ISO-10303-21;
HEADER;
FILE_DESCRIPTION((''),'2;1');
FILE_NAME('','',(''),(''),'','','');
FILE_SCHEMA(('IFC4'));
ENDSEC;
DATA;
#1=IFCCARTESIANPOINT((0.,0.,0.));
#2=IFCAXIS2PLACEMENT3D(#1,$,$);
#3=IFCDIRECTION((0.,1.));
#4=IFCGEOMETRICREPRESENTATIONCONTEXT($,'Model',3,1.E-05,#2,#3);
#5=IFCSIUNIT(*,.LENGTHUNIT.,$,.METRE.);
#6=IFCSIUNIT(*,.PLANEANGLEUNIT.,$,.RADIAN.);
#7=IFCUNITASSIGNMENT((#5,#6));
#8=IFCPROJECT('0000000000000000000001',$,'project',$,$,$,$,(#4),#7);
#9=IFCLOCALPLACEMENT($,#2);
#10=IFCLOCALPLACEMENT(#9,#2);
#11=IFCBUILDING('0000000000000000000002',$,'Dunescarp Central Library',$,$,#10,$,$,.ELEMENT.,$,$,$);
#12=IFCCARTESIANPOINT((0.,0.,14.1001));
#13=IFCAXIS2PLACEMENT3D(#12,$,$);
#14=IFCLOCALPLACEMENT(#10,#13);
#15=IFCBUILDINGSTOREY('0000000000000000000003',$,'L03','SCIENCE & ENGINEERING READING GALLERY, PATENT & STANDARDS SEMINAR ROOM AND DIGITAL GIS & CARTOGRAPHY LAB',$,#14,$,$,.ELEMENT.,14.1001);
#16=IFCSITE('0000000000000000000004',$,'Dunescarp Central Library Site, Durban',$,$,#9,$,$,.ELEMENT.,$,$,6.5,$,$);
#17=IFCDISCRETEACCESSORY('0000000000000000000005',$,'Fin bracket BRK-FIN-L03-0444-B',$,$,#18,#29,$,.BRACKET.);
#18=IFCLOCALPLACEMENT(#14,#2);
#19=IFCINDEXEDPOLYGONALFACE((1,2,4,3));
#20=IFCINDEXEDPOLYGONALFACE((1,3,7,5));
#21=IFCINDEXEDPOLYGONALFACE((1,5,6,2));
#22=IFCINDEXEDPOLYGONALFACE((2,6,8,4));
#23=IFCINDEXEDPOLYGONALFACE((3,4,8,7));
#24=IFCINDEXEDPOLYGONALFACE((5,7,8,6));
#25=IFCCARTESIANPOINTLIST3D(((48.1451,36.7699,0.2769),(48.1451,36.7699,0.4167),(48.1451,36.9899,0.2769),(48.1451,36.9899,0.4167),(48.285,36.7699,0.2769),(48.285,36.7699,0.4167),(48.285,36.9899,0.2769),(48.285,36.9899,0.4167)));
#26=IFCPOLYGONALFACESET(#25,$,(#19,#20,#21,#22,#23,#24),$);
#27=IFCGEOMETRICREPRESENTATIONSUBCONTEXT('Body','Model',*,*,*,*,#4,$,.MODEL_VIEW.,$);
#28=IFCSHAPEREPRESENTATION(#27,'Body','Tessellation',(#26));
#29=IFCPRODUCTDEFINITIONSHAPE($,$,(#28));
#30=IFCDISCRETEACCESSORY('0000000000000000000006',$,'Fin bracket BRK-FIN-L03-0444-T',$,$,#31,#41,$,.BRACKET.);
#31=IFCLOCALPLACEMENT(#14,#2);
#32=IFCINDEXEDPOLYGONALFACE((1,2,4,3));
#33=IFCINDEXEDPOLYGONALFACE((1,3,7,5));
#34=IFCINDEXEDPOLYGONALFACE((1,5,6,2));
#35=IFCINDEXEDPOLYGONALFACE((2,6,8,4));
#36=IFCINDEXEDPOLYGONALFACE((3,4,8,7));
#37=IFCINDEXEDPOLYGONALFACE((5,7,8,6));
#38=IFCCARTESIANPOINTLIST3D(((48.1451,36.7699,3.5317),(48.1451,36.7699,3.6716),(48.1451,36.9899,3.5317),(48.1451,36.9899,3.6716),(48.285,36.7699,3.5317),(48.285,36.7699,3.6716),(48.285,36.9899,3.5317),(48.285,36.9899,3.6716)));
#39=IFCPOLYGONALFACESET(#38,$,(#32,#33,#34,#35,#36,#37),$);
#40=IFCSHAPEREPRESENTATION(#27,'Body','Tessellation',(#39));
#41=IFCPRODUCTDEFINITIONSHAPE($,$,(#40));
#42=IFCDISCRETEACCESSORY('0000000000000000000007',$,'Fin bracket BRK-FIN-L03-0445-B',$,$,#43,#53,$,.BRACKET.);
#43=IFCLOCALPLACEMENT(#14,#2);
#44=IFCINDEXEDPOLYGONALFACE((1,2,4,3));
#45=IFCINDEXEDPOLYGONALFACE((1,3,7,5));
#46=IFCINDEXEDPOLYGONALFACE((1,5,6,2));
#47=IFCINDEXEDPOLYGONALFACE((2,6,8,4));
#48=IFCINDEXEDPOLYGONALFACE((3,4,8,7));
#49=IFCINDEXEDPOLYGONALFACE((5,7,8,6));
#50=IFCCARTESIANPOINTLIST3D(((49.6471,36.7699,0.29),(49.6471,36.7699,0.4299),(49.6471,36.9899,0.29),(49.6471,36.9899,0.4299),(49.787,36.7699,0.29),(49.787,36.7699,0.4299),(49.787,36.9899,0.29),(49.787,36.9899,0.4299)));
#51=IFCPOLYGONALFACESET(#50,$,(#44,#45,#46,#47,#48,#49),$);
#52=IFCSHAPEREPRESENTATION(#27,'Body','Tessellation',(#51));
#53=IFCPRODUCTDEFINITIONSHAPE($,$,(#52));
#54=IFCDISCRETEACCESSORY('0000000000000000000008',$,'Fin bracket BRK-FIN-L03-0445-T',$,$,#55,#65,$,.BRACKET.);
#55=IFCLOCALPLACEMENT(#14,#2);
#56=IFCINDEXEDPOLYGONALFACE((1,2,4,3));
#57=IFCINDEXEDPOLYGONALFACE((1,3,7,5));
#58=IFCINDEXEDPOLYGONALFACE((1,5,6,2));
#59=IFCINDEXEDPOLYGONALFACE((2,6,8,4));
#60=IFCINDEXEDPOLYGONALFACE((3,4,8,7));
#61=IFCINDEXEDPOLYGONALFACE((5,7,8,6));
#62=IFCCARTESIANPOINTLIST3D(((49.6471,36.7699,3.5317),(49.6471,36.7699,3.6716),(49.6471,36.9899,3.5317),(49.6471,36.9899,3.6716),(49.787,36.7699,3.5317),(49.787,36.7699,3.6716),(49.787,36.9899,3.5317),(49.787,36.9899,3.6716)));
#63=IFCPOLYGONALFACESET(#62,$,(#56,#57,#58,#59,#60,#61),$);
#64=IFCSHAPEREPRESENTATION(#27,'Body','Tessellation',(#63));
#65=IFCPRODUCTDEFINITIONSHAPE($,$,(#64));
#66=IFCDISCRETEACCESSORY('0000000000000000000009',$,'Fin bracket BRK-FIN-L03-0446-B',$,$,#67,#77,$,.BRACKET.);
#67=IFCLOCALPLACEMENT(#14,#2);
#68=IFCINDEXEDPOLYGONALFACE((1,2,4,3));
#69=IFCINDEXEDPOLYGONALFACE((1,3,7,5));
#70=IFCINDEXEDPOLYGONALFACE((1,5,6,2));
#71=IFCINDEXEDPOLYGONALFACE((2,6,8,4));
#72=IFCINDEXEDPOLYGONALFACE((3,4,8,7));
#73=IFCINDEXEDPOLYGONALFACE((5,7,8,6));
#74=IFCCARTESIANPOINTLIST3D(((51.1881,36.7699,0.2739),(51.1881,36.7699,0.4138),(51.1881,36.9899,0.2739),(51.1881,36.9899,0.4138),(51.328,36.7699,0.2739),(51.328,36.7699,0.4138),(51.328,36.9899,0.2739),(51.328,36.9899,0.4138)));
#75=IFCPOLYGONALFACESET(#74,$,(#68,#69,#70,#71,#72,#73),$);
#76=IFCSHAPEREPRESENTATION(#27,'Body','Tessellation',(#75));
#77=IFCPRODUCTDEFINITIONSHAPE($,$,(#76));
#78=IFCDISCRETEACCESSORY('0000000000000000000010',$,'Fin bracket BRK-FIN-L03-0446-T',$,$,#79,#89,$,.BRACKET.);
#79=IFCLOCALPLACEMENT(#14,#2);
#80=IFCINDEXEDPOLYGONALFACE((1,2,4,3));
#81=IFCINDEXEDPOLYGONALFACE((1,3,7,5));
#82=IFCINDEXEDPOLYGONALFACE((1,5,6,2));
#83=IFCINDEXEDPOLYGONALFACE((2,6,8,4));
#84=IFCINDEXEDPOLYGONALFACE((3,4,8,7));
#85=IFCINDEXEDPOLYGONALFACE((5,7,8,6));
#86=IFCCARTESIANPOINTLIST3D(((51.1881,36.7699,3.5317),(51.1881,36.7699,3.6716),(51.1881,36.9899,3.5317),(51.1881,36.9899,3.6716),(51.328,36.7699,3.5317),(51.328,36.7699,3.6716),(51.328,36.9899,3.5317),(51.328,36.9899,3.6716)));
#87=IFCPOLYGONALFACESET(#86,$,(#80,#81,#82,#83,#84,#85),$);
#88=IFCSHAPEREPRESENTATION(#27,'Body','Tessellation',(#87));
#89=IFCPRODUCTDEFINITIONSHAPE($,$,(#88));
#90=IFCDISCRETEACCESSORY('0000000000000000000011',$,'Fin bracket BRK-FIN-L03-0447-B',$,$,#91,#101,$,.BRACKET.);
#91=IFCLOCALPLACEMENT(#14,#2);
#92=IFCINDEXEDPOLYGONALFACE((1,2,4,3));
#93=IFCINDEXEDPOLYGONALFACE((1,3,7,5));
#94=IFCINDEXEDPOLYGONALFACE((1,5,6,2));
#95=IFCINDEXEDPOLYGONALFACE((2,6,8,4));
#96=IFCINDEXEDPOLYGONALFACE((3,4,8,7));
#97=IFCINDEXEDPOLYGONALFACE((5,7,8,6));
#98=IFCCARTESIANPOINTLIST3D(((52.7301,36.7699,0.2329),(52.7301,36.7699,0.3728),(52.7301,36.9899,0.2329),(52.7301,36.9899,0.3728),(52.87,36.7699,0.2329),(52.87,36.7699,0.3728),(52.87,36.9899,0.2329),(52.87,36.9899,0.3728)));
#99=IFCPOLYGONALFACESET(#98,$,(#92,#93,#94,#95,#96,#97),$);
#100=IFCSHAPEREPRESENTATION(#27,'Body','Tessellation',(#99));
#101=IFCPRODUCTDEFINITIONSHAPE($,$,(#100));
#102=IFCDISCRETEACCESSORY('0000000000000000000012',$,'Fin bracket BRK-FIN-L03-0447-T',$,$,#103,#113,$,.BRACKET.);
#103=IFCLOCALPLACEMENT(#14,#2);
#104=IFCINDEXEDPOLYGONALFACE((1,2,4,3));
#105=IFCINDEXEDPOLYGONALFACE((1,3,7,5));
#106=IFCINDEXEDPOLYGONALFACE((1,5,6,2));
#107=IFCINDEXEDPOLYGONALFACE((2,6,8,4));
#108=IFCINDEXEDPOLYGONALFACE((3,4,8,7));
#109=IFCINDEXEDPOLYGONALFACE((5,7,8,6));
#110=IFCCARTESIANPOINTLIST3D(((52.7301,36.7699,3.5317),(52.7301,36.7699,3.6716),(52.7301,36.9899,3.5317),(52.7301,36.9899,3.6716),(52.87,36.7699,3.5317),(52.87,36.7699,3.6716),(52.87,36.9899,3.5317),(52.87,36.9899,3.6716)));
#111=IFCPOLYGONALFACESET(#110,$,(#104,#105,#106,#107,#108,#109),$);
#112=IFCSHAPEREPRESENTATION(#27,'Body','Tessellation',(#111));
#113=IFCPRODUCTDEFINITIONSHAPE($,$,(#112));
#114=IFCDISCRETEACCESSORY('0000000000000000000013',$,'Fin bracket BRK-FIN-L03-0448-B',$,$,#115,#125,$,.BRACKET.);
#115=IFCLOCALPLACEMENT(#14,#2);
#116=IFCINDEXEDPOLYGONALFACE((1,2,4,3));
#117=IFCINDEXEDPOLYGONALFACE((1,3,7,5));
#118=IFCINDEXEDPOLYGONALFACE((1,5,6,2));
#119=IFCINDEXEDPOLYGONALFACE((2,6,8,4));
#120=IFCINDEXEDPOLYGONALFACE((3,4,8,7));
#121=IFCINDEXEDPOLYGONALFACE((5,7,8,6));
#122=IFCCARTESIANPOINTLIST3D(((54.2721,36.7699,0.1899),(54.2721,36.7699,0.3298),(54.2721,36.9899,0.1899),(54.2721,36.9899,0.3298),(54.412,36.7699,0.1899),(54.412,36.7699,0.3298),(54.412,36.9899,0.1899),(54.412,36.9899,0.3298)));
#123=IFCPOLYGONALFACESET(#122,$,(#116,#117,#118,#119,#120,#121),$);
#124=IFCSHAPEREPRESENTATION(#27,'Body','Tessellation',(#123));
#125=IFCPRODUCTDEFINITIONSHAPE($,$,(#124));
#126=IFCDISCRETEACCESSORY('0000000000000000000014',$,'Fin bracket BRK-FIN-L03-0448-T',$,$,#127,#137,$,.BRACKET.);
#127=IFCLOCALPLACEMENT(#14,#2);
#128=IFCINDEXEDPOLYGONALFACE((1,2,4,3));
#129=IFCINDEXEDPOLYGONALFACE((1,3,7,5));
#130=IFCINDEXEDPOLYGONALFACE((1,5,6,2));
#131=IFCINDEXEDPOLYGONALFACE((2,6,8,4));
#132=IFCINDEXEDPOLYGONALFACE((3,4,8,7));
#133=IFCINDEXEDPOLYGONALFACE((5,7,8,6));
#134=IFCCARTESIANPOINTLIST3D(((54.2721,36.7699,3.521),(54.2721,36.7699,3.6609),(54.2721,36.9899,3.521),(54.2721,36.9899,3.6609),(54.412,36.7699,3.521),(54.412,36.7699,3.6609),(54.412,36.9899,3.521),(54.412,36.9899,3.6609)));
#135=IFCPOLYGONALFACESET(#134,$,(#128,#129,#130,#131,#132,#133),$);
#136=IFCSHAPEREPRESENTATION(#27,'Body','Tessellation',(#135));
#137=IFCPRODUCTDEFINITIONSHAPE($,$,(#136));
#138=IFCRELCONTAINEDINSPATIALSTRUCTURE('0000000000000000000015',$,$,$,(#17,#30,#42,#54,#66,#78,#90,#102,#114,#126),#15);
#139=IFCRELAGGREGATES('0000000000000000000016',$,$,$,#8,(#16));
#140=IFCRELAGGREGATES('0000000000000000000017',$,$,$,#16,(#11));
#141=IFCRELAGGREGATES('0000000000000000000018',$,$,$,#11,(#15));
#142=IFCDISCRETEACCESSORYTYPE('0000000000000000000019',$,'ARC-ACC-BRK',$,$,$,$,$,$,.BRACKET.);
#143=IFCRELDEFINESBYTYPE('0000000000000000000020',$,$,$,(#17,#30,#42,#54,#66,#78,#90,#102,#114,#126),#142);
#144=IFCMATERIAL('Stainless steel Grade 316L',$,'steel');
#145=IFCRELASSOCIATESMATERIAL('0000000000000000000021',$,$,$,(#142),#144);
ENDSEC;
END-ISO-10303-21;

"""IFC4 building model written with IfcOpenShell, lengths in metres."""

from ifc_helpers import new_model, si_unit, direction, frame, origin, origin_2d, place, context, subcontext, project, spatial, rectangle, extrude, material, type_object, element, save


model = new_model("IFC4")

# Units and contexts
model_context = context("Model", 3, precision=1e-05, world=origin(), true_north=direction((0.0, 1.0)))
body_context = subcontext(model_context, "Body", "Model", "MODEL_VIEW")
ifc_project = project(units=[si_unit("LENGTHUNIT", "METRE"), si_unit("PLANEANGLEUNIT", "RADIAN")], contexts=[model_context])

# Site, building, storey
site_placement = place(None, origin())
site = spatial("IfcSite", under=ifc_project, at=site_placement, Name="Dunescarp Central Library Site, Durban", CompositionType="ELEMENT", RefElevation=6.5)
building_placement = place(site_placement, origin())
building = spatial("IfcBuilding", under=site, at=building_placement, Name="Dunescarp Central Library", CompositionType="ELEMENT")
storey_placement = place(building_placement, frame((0.0, 0.0, 14.1001)))
storey = spatial("IfcBuildingStorey", under=building, at=storey_placement, Name="L03", Description="SCIENCE & ENGINEERING READING GALLERY, PATENT & STANDARDS SEMINAR ROOM AND DIGITAL GIS & CARTOGRAPHY LAB", CompositionType="ELEMENT", Elevation=14.1001)

# Shared definitions
ifc_material_1 = material(Name="Stainless steel Grade 316L", Category="steel")

# Discrete accessories
discrete_accessory_type = type_object("IfcDiscreteAccessoryType", Name="ARC-ACC-BRK", PredefinedType="BRACKET", material=ifc_material_1)
for number, where, z_axis, x_axis, name in (
    (1, (48.2151, 36.8799, 0.2769), (0.0, 0.0, 1.0), (0.0, 1.0, 0.0), "Fin bracket BRK-FIN-L03-0444-B"),
    (2, (48.2151, 36.8799, 3.5317), (0.0, 0.0, 1.0), (0.0, 1.0, 0.0), "Fin bracket BRK-FIN-L03-0444-T"),
    (3, (49.717, 36.8799, 0.29), (0.0, 0.0, 1.0), (0.0, 1.0, 0.0), "Fin bracket BRK-FIN-L03-0445-B"),
    (4, (49.717, 36.8799, 3.5317), (0.0, 0.0, 1.0), (0.0, 1.0, 0.0), "Fin bracket BRK-FIN-L03-0445-T"),
    (5, (51.2581, 36.8799, 0.2739), (0.0, 0.0, 1.0), (0.0, 1.0, 0.0), "Fin bracket BRK-FIN-L03-0446-B"),
    (6, (51.2581, 36.8799, 3.5317), (0.0, 0.0, 1.0), (0.0, 1.0, 0.0), "Fin bracket BRK-FIN-L03-0446-T"),
    (7, (52.8, 36.8799, 0.2329), (0.0, 0.0, 1.0), (0.0, 1.0, 0.0), "Fin bracket BRK-FIN-L03-0447-B"),
    (8, (52.8, 36.8799, 3.5317), (0.0, 0.0, 1.0), (0.0, 1.0, 0.0), "Fin bracket BRK-FIN-L03-0447-T"),
    (9, (54.342, 36.8799, 0.1899), (0.0, 0.0, 1.0), (0.0, 1.0, 0.0), "Fin bracket BRK-FIN-L03-0448-B"),
    (10, (54.342, 36.8799, 3.521), (0.0, 0.0, 1.0), (0.0, 1.0, 0.0), "Fin bracket BRK-FIN-L03-0448-T"),
):
    element("IfcDiscreteAccessory", number, at=place(storey_placement, frame(where, z_axis=z_axis, x_axis=x_axis)), inside=storey, type_object=discrete_accessory_type, Name=name, PredefinedType="BRACKET", context=body_context, shape_type="SweptSolid", body=[
        extrude(rectangle(XDim=0.22, YDim=0.1399, at=origin_2d()), origin(), (0.0, 0.0, 1.0), 0.1399),
    ])

save(model, "model.ifc")
